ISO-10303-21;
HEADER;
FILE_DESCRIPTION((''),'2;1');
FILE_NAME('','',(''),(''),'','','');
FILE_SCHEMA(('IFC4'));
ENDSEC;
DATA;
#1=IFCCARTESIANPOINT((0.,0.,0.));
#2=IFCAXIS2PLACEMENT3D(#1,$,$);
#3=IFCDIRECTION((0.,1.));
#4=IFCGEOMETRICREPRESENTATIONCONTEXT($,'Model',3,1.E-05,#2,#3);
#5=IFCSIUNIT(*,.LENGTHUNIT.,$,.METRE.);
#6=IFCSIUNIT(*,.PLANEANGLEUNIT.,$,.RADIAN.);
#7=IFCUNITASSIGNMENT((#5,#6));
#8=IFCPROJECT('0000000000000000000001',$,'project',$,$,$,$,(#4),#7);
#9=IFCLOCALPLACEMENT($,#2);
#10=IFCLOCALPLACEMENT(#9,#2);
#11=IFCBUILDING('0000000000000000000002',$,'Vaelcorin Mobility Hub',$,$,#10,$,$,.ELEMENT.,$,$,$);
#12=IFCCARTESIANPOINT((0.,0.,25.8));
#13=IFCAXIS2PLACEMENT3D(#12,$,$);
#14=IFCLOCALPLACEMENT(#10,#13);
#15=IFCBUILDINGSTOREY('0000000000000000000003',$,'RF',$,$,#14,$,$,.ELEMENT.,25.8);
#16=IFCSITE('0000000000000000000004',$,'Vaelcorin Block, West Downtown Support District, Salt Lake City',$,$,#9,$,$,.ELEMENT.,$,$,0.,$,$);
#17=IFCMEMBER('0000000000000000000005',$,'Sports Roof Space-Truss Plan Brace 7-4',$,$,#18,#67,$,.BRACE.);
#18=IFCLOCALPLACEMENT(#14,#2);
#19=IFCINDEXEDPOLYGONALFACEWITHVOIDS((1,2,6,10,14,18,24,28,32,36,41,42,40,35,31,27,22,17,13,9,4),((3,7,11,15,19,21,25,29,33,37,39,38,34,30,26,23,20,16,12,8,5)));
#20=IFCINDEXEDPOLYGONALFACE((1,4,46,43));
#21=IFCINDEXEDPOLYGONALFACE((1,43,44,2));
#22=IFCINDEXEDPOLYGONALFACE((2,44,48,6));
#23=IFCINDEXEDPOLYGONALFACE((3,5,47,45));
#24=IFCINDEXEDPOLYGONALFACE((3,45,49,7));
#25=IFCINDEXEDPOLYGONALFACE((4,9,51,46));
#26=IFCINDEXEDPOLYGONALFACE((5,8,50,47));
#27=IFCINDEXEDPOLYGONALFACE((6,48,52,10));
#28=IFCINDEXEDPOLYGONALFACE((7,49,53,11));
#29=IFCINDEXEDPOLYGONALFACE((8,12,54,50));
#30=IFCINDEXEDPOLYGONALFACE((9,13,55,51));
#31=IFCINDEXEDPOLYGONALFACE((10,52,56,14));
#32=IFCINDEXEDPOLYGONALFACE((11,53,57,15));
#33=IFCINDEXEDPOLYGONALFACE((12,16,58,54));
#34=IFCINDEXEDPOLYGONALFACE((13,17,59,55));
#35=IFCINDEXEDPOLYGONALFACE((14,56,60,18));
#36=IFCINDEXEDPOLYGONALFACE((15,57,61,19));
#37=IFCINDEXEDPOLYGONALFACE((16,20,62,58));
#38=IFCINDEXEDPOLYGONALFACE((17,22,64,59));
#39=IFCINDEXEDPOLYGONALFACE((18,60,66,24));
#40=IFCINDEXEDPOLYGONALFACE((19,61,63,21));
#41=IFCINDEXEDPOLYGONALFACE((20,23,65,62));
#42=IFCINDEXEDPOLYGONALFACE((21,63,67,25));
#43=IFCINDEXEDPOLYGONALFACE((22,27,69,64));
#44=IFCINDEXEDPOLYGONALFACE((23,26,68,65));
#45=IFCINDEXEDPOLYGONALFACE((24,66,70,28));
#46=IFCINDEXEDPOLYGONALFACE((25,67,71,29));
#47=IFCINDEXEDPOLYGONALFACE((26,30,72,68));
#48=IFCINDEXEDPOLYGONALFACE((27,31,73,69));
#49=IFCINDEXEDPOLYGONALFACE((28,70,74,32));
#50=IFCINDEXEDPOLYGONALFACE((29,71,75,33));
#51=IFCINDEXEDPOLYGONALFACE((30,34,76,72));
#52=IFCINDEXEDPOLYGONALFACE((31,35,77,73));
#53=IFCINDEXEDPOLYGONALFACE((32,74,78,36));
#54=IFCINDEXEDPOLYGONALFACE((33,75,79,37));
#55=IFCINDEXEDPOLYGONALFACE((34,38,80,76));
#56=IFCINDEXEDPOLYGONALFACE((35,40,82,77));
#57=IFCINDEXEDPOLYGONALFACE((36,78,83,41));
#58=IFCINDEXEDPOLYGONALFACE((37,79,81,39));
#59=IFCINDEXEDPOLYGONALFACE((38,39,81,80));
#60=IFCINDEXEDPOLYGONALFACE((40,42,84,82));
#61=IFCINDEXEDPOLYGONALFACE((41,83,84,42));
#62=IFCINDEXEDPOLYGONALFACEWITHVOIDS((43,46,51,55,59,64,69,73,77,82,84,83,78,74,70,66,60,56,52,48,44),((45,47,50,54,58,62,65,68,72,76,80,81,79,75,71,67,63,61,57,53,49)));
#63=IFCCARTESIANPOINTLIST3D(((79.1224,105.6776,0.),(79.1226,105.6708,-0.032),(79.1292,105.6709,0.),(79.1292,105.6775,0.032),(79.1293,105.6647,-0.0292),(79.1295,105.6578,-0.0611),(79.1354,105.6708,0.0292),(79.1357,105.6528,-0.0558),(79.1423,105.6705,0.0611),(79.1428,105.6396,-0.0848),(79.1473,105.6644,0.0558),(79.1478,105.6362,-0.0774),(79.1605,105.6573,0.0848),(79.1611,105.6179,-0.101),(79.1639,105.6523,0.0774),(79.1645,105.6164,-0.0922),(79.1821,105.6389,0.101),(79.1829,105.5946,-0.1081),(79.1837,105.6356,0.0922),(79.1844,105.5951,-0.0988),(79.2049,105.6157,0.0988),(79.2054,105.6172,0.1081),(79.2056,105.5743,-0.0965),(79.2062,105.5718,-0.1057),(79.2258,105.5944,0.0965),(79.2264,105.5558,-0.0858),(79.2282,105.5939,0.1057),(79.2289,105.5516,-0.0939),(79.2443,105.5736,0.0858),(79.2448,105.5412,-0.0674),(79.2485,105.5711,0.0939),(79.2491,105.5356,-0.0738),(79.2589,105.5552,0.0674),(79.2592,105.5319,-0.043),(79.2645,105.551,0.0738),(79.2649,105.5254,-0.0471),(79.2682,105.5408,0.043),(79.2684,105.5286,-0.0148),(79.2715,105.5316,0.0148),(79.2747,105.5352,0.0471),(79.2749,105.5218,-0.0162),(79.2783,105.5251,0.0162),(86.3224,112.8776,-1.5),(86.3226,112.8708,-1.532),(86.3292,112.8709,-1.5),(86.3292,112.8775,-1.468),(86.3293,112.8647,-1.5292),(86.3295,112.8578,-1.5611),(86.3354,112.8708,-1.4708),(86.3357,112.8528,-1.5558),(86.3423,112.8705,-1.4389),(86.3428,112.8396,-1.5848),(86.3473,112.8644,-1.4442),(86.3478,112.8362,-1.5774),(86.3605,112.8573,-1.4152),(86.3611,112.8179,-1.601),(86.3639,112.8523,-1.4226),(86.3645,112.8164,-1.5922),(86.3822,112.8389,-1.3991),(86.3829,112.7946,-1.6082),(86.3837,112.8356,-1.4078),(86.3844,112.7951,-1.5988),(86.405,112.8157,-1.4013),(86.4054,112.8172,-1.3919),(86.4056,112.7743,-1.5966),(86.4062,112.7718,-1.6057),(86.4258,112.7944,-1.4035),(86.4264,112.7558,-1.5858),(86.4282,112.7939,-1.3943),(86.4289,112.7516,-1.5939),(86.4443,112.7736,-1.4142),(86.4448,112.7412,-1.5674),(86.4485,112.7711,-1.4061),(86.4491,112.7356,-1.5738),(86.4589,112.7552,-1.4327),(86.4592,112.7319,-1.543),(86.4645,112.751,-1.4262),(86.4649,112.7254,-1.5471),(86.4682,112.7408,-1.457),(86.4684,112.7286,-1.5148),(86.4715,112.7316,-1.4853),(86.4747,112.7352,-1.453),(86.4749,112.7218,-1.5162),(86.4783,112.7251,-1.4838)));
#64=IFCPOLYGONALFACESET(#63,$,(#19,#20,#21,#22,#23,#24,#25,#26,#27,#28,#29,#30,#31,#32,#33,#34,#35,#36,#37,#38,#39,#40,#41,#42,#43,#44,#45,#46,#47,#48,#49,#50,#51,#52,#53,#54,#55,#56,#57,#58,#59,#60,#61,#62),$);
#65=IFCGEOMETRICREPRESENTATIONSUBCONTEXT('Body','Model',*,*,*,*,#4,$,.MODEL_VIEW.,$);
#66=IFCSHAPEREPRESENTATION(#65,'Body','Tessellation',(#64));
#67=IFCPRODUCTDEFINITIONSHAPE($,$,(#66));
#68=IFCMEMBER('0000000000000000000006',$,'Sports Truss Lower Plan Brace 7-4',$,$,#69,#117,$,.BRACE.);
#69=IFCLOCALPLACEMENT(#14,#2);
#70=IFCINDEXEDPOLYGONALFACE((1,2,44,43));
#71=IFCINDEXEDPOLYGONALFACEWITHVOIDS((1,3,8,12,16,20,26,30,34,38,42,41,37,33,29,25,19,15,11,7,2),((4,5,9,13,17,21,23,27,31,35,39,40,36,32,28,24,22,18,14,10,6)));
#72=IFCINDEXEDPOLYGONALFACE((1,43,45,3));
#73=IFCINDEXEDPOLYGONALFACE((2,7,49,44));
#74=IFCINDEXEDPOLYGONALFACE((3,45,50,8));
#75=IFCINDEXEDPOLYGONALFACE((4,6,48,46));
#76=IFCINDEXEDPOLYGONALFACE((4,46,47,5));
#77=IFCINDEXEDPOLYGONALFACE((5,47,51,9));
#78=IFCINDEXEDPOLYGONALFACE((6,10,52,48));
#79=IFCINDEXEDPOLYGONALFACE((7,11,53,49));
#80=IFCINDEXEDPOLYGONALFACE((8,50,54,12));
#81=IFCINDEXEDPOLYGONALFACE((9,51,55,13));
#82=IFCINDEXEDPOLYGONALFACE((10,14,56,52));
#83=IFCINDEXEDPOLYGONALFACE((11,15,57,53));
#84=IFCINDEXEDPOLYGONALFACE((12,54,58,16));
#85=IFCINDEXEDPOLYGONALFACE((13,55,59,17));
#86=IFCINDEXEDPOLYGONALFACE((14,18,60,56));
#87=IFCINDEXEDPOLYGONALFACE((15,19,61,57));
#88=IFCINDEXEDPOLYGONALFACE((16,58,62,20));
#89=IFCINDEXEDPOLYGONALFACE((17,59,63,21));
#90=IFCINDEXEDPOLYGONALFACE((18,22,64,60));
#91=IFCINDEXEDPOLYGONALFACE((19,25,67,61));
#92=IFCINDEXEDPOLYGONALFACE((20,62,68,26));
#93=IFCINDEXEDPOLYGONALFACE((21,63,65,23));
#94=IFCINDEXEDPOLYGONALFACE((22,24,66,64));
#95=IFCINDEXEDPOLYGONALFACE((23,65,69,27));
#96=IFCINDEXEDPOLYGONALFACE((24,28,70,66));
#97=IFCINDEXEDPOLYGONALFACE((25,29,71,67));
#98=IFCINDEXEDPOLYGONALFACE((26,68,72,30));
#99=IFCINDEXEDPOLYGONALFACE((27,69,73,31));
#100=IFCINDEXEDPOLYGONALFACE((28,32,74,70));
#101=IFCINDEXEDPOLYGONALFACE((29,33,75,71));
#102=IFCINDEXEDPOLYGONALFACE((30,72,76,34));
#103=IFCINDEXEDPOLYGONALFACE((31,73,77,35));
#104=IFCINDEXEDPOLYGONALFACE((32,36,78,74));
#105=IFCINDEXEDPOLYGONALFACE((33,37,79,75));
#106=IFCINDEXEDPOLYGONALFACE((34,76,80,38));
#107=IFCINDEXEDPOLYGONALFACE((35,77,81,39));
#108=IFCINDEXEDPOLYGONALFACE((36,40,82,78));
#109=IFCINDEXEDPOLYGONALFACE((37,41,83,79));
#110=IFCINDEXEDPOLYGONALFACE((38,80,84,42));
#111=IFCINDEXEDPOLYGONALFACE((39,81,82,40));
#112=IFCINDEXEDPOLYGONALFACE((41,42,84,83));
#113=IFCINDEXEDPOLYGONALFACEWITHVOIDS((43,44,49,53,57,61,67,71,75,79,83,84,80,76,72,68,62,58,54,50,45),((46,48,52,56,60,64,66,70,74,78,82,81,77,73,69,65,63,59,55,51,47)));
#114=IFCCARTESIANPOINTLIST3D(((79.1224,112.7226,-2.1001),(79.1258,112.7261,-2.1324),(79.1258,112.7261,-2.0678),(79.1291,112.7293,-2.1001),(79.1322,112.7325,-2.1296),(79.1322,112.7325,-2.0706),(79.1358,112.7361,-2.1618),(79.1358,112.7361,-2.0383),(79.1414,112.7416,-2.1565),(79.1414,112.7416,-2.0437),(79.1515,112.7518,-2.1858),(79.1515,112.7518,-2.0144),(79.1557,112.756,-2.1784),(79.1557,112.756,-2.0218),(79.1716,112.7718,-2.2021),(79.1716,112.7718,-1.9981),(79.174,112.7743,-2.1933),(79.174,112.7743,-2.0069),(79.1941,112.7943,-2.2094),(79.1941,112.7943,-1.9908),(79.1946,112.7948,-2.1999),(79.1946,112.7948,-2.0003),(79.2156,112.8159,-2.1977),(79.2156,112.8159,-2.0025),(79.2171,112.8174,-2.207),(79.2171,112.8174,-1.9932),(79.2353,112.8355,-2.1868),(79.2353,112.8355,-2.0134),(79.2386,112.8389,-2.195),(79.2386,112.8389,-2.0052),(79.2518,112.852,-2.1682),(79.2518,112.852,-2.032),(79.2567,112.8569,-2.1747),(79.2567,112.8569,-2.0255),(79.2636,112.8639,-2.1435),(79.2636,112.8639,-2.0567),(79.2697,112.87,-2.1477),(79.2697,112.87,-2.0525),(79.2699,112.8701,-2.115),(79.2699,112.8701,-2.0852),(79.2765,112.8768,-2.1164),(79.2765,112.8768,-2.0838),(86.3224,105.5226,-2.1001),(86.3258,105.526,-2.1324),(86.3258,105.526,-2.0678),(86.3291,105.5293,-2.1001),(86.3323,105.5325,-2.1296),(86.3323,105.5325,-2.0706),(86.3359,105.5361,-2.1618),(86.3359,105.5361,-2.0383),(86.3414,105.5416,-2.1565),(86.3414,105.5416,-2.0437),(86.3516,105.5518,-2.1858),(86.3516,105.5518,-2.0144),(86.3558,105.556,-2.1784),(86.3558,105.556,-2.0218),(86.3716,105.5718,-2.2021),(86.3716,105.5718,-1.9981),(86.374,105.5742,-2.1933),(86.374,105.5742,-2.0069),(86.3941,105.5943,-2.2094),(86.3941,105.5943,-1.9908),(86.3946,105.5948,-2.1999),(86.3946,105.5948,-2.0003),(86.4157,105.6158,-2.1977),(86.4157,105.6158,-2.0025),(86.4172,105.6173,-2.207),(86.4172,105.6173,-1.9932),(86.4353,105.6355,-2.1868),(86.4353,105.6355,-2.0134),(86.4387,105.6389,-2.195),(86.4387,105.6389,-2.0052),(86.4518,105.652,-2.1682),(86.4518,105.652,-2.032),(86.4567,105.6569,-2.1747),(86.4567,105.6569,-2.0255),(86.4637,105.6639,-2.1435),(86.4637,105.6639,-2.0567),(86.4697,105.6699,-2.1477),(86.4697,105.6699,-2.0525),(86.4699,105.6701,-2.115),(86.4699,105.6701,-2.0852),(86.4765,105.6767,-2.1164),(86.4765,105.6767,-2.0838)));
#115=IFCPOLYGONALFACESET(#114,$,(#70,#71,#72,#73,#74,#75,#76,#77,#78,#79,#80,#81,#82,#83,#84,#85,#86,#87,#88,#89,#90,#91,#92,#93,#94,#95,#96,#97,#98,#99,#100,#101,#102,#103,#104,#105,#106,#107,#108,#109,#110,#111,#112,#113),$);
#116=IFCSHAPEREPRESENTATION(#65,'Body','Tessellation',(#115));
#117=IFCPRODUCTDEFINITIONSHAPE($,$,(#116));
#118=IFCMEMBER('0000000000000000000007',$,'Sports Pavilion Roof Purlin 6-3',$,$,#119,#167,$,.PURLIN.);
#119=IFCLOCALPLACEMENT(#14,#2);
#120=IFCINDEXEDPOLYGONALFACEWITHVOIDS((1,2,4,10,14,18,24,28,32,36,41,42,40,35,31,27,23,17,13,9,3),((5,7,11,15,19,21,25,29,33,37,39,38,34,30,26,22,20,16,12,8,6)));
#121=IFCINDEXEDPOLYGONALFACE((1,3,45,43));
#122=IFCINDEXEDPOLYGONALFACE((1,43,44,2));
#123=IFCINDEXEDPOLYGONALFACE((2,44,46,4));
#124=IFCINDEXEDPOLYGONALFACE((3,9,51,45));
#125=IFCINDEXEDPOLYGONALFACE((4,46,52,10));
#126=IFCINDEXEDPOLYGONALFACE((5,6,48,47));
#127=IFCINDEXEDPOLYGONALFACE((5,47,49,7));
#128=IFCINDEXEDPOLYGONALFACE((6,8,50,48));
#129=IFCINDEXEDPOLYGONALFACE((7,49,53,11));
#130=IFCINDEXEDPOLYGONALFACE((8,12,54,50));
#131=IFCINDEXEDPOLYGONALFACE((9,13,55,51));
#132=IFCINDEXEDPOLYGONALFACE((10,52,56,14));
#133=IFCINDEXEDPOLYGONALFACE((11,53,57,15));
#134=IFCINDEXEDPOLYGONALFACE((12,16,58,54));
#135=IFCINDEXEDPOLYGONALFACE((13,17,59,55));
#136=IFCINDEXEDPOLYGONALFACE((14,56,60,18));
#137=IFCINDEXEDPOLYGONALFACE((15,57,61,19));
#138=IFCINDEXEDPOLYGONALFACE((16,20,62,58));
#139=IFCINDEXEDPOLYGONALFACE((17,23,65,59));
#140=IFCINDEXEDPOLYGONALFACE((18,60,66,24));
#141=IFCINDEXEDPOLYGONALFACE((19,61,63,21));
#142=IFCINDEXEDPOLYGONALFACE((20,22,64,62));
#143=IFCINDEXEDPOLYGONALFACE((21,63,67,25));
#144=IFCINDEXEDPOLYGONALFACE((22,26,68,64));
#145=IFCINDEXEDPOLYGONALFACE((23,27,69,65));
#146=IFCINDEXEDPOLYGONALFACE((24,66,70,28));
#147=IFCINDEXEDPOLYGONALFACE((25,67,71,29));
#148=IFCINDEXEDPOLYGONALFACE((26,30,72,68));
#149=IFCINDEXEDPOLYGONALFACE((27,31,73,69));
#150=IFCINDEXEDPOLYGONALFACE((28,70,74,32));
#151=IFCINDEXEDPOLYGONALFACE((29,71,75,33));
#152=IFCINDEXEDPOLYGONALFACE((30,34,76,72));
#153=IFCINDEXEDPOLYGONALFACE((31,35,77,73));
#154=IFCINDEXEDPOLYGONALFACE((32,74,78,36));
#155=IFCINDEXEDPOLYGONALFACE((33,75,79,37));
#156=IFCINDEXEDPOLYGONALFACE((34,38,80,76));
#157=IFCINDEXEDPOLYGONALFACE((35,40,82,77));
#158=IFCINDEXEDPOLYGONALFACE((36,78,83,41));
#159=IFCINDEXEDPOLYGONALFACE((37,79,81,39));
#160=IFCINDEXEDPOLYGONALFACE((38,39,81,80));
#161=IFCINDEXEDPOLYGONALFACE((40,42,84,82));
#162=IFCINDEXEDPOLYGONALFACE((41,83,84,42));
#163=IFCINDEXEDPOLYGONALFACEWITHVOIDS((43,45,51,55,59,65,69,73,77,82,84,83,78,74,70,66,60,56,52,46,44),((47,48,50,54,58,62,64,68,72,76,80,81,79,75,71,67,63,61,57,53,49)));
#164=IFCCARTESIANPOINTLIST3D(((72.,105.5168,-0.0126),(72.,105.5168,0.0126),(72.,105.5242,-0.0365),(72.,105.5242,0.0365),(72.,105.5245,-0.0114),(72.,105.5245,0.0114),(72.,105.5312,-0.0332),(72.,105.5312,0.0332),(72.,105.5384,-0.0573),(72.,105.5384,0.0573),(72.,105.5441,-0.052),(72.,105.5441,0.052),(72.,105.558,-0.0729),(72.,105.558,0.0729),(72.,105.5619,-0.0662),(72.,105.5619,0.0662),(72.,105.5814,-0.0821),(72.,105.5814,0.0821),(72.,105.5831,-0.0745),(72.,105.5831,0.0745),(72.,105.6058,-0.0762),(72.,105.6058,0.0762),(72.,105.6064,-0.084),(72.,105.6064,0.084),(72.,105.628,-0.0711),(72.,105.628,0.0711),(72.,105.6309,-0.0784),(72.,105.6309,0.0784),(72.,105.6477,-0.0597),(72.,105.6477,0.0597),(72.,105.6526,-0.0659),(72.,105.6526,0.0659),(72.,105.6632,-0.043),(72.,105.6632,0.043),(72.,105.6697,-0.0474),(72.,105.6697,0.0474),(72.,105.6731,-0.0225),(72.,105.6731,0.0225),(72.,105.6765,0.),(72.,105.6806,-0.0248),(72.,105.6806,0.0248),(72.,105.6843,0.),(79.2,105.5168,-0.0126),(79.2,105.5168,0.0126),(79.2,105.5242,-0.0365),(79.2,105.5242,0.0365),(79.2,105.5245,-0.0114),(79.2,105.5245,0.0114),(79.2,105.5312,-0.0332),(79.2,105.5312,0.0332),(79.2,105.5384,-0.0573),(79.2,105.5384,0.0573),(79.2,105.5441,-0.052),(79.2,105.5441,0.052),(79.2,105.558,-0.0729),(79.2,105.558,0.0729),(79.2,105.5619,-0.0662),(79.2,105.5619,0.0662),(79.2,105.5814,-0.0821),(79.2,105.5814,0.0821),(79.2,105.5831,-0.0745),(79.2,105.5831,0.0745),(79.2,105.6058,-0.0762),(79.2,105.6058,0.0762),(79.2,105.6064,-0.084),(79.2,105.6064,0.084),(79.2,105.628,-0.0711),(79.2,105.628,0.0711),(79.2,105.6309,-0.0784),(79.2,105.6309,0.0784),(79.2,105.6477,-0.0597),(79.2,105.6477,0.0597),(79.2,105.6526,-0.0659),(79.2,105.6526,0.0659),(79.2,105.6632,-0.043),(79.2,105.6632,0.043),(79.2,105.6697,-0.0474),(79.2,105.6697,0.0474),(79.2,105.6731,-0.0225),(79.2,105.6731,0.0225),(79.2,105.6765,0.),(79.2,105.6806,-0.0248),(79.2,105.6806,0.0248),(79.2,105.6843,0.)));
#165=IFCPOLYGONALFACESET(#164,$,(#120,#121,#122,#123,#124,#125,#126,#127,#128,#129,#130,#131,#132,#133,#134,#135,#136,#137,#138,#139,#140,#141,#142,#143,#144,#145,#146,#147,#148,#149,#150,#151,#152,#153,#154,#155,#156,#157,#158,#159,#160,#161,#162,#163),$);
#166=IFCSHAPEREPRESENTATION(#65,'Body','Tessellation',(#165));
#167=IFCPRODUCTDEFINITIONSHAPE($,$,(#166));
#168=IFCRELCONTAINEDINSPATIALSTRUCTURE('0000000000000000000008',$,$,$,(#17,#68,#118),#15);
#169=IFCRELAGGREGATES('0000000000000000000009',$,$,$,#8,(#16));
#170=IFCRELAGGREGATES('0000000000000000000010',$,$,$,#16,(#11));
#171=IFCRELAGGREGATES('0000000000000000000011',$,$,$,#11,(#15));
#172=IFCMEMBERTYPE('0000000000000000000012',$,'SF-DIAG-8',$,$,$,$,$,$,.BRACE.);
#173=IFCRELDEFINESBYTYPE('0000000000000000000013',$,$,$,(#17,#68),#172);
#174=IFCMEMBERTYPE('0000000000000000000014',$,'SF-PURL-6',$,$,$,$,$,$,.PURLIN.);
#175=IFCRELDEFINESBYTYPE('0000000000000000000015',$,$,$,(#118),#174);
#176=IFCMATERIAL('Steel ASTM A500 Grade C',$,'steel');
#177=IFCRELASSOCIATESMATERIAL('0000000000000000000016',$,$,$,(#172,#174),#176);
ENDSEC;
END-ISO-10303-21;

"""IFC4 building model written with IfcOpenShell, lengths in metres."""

from ifc_helpers import new_model, si_unit, direction, frame, origin, origin_2d, place, context, subcontext, project, spatial, hollow_circle, extrude, material, material_profile, profile_set, type_object, element, save


model = new_model("IFC4")

# Units and contexts
model_context = context("Model", 3, precision=1e-05, world=origin(), true_north=direction((0.0, 1.0)))
body_context = subcontext(model_context, "Body", "Model", "MODEL_VIEW")
ifc_project = project(units=[si_unit("LENGTHUNIT", "METRE"), si_unit("PLANEANGLEUNIT", "RADIAN")], contexts=[model_context])

# Site, building, storey
site_placement = place(None, origin())
site = spatial("IfcSite", under=ifc_project, at=site_placement, Name="Vaelcorin Block, West Downtown Support District, Salt Lake City", CompositionType="ELEMENT", RefElevation=0.0)
building_placement = place(site_placement, origin())
building = spatial("IfcBuilding", under=site, at=building_placement, Name="Vaelcorin Mobility Hub", CompositionType="ELEMENT")
storey_placement = place(building_placement, frame((0.0, 0.0, 25.8)))
storey = spatial("IfcBuildingStorey", under=building, at=storey_placement, Name="RF", CompositionType="ELEMENT", Elevation=25.8)

# Members
ifc_material_1 = material(Name="Steel ASTM A500 Grade C", Category="steel")
ifc_material_profile_1 = material_profile(ifc_material_1, hollow_circle(Radius=0.1096, WallThickness=0.0095, at=origin_2d()), Name="HSS8.625X0.375")
ifc_profile_set_1 = profile_set([ifc_material_profile_1], Name="Steel ASTM A500 Grade C")
member_type_1 = type_object("IfcMemberType", Name="SF-DIAG-8", PredefinedType="BRACE", material=ifc_profile_set_1)
member_1_placement = place(storey_placement, frame((79.2, 105.6001, 0.0), z_axis=(0.699557, 0.699557, -0.145742), x_axis=(-0.707107, 0.707107, 0.0)))
element("IfcMember", 1, at=member_1_placement, inside=storey, type_object=member_type_1, Name="Sports Roof Space-Truss Plan Brace 7-4", PredefinedType="BRACE", context=body_context, shape_type="SweptSolid", body=[
    extrude(hollow_circle(Radius=0.1096, WallThickness=0.0095, at=origin_2d()), origin(), (0.0, 0.0, 1.0), 10.2922),
])
member_2_placement = place(storey_placement, frame((86.3999, 105.6001, -2.1001), z_axis=(-0.707107, 0.707107, 0.0), x_axis=(-0.707107, -0.707107, 0.0)))
element("IfcMember", 2, at=member_2_placement, inside=storey, type_object=member_type_1, Name="Sports Truss Lower Plan Brace 7-4", PredefinedType="BRACE", context=body_context, shape_type="SweptSolid", body=[
    extrude(hollow_circle(Radius=0.1096, WallThickness=0.0095, at=origin_2d()), origin(), (0.0, 0.0, 1.0), 10.1824),
])
ifc_material_profile_2 = material_profile(ifc_material_1, hollow_circle(Radius=0.0842, WallThickness=0.0078, at=origin_2d()), Name="HSS6.625X0.312")
ifc_profile_set_2 = profile_set([ifc_material_profile_2], Name="Steel ASTM A500 Grade C")
member_type_2 = type_object("IfcMemberType", Name="SF-PURL-6", PredefinedType="PURLIN", material=ifc_profile_set_2)
member_3_placement = place(storey_placement, frame((72.0, 105.6001, 0.0), z_axis=(1.0, 0.0, 0.0), x_axis=(0.0, 1.0, 0.0)))
element("IfcMember", 3, at=member_3_placement, inside=storey, type_object=member_type_2, Name="Sports Pavilion Roof Purlin 6-3", PredefinedType="PURLIN", context=body_context, shape_type="SweptSolid", body=[
    extrude(hollow_circle(Radius=0.0842, WallThickness=0.0078, at=origin_2d()), origin(), (0.0, 0.0, 1.0), 7.2),
])

save(model, "model.ifc")
